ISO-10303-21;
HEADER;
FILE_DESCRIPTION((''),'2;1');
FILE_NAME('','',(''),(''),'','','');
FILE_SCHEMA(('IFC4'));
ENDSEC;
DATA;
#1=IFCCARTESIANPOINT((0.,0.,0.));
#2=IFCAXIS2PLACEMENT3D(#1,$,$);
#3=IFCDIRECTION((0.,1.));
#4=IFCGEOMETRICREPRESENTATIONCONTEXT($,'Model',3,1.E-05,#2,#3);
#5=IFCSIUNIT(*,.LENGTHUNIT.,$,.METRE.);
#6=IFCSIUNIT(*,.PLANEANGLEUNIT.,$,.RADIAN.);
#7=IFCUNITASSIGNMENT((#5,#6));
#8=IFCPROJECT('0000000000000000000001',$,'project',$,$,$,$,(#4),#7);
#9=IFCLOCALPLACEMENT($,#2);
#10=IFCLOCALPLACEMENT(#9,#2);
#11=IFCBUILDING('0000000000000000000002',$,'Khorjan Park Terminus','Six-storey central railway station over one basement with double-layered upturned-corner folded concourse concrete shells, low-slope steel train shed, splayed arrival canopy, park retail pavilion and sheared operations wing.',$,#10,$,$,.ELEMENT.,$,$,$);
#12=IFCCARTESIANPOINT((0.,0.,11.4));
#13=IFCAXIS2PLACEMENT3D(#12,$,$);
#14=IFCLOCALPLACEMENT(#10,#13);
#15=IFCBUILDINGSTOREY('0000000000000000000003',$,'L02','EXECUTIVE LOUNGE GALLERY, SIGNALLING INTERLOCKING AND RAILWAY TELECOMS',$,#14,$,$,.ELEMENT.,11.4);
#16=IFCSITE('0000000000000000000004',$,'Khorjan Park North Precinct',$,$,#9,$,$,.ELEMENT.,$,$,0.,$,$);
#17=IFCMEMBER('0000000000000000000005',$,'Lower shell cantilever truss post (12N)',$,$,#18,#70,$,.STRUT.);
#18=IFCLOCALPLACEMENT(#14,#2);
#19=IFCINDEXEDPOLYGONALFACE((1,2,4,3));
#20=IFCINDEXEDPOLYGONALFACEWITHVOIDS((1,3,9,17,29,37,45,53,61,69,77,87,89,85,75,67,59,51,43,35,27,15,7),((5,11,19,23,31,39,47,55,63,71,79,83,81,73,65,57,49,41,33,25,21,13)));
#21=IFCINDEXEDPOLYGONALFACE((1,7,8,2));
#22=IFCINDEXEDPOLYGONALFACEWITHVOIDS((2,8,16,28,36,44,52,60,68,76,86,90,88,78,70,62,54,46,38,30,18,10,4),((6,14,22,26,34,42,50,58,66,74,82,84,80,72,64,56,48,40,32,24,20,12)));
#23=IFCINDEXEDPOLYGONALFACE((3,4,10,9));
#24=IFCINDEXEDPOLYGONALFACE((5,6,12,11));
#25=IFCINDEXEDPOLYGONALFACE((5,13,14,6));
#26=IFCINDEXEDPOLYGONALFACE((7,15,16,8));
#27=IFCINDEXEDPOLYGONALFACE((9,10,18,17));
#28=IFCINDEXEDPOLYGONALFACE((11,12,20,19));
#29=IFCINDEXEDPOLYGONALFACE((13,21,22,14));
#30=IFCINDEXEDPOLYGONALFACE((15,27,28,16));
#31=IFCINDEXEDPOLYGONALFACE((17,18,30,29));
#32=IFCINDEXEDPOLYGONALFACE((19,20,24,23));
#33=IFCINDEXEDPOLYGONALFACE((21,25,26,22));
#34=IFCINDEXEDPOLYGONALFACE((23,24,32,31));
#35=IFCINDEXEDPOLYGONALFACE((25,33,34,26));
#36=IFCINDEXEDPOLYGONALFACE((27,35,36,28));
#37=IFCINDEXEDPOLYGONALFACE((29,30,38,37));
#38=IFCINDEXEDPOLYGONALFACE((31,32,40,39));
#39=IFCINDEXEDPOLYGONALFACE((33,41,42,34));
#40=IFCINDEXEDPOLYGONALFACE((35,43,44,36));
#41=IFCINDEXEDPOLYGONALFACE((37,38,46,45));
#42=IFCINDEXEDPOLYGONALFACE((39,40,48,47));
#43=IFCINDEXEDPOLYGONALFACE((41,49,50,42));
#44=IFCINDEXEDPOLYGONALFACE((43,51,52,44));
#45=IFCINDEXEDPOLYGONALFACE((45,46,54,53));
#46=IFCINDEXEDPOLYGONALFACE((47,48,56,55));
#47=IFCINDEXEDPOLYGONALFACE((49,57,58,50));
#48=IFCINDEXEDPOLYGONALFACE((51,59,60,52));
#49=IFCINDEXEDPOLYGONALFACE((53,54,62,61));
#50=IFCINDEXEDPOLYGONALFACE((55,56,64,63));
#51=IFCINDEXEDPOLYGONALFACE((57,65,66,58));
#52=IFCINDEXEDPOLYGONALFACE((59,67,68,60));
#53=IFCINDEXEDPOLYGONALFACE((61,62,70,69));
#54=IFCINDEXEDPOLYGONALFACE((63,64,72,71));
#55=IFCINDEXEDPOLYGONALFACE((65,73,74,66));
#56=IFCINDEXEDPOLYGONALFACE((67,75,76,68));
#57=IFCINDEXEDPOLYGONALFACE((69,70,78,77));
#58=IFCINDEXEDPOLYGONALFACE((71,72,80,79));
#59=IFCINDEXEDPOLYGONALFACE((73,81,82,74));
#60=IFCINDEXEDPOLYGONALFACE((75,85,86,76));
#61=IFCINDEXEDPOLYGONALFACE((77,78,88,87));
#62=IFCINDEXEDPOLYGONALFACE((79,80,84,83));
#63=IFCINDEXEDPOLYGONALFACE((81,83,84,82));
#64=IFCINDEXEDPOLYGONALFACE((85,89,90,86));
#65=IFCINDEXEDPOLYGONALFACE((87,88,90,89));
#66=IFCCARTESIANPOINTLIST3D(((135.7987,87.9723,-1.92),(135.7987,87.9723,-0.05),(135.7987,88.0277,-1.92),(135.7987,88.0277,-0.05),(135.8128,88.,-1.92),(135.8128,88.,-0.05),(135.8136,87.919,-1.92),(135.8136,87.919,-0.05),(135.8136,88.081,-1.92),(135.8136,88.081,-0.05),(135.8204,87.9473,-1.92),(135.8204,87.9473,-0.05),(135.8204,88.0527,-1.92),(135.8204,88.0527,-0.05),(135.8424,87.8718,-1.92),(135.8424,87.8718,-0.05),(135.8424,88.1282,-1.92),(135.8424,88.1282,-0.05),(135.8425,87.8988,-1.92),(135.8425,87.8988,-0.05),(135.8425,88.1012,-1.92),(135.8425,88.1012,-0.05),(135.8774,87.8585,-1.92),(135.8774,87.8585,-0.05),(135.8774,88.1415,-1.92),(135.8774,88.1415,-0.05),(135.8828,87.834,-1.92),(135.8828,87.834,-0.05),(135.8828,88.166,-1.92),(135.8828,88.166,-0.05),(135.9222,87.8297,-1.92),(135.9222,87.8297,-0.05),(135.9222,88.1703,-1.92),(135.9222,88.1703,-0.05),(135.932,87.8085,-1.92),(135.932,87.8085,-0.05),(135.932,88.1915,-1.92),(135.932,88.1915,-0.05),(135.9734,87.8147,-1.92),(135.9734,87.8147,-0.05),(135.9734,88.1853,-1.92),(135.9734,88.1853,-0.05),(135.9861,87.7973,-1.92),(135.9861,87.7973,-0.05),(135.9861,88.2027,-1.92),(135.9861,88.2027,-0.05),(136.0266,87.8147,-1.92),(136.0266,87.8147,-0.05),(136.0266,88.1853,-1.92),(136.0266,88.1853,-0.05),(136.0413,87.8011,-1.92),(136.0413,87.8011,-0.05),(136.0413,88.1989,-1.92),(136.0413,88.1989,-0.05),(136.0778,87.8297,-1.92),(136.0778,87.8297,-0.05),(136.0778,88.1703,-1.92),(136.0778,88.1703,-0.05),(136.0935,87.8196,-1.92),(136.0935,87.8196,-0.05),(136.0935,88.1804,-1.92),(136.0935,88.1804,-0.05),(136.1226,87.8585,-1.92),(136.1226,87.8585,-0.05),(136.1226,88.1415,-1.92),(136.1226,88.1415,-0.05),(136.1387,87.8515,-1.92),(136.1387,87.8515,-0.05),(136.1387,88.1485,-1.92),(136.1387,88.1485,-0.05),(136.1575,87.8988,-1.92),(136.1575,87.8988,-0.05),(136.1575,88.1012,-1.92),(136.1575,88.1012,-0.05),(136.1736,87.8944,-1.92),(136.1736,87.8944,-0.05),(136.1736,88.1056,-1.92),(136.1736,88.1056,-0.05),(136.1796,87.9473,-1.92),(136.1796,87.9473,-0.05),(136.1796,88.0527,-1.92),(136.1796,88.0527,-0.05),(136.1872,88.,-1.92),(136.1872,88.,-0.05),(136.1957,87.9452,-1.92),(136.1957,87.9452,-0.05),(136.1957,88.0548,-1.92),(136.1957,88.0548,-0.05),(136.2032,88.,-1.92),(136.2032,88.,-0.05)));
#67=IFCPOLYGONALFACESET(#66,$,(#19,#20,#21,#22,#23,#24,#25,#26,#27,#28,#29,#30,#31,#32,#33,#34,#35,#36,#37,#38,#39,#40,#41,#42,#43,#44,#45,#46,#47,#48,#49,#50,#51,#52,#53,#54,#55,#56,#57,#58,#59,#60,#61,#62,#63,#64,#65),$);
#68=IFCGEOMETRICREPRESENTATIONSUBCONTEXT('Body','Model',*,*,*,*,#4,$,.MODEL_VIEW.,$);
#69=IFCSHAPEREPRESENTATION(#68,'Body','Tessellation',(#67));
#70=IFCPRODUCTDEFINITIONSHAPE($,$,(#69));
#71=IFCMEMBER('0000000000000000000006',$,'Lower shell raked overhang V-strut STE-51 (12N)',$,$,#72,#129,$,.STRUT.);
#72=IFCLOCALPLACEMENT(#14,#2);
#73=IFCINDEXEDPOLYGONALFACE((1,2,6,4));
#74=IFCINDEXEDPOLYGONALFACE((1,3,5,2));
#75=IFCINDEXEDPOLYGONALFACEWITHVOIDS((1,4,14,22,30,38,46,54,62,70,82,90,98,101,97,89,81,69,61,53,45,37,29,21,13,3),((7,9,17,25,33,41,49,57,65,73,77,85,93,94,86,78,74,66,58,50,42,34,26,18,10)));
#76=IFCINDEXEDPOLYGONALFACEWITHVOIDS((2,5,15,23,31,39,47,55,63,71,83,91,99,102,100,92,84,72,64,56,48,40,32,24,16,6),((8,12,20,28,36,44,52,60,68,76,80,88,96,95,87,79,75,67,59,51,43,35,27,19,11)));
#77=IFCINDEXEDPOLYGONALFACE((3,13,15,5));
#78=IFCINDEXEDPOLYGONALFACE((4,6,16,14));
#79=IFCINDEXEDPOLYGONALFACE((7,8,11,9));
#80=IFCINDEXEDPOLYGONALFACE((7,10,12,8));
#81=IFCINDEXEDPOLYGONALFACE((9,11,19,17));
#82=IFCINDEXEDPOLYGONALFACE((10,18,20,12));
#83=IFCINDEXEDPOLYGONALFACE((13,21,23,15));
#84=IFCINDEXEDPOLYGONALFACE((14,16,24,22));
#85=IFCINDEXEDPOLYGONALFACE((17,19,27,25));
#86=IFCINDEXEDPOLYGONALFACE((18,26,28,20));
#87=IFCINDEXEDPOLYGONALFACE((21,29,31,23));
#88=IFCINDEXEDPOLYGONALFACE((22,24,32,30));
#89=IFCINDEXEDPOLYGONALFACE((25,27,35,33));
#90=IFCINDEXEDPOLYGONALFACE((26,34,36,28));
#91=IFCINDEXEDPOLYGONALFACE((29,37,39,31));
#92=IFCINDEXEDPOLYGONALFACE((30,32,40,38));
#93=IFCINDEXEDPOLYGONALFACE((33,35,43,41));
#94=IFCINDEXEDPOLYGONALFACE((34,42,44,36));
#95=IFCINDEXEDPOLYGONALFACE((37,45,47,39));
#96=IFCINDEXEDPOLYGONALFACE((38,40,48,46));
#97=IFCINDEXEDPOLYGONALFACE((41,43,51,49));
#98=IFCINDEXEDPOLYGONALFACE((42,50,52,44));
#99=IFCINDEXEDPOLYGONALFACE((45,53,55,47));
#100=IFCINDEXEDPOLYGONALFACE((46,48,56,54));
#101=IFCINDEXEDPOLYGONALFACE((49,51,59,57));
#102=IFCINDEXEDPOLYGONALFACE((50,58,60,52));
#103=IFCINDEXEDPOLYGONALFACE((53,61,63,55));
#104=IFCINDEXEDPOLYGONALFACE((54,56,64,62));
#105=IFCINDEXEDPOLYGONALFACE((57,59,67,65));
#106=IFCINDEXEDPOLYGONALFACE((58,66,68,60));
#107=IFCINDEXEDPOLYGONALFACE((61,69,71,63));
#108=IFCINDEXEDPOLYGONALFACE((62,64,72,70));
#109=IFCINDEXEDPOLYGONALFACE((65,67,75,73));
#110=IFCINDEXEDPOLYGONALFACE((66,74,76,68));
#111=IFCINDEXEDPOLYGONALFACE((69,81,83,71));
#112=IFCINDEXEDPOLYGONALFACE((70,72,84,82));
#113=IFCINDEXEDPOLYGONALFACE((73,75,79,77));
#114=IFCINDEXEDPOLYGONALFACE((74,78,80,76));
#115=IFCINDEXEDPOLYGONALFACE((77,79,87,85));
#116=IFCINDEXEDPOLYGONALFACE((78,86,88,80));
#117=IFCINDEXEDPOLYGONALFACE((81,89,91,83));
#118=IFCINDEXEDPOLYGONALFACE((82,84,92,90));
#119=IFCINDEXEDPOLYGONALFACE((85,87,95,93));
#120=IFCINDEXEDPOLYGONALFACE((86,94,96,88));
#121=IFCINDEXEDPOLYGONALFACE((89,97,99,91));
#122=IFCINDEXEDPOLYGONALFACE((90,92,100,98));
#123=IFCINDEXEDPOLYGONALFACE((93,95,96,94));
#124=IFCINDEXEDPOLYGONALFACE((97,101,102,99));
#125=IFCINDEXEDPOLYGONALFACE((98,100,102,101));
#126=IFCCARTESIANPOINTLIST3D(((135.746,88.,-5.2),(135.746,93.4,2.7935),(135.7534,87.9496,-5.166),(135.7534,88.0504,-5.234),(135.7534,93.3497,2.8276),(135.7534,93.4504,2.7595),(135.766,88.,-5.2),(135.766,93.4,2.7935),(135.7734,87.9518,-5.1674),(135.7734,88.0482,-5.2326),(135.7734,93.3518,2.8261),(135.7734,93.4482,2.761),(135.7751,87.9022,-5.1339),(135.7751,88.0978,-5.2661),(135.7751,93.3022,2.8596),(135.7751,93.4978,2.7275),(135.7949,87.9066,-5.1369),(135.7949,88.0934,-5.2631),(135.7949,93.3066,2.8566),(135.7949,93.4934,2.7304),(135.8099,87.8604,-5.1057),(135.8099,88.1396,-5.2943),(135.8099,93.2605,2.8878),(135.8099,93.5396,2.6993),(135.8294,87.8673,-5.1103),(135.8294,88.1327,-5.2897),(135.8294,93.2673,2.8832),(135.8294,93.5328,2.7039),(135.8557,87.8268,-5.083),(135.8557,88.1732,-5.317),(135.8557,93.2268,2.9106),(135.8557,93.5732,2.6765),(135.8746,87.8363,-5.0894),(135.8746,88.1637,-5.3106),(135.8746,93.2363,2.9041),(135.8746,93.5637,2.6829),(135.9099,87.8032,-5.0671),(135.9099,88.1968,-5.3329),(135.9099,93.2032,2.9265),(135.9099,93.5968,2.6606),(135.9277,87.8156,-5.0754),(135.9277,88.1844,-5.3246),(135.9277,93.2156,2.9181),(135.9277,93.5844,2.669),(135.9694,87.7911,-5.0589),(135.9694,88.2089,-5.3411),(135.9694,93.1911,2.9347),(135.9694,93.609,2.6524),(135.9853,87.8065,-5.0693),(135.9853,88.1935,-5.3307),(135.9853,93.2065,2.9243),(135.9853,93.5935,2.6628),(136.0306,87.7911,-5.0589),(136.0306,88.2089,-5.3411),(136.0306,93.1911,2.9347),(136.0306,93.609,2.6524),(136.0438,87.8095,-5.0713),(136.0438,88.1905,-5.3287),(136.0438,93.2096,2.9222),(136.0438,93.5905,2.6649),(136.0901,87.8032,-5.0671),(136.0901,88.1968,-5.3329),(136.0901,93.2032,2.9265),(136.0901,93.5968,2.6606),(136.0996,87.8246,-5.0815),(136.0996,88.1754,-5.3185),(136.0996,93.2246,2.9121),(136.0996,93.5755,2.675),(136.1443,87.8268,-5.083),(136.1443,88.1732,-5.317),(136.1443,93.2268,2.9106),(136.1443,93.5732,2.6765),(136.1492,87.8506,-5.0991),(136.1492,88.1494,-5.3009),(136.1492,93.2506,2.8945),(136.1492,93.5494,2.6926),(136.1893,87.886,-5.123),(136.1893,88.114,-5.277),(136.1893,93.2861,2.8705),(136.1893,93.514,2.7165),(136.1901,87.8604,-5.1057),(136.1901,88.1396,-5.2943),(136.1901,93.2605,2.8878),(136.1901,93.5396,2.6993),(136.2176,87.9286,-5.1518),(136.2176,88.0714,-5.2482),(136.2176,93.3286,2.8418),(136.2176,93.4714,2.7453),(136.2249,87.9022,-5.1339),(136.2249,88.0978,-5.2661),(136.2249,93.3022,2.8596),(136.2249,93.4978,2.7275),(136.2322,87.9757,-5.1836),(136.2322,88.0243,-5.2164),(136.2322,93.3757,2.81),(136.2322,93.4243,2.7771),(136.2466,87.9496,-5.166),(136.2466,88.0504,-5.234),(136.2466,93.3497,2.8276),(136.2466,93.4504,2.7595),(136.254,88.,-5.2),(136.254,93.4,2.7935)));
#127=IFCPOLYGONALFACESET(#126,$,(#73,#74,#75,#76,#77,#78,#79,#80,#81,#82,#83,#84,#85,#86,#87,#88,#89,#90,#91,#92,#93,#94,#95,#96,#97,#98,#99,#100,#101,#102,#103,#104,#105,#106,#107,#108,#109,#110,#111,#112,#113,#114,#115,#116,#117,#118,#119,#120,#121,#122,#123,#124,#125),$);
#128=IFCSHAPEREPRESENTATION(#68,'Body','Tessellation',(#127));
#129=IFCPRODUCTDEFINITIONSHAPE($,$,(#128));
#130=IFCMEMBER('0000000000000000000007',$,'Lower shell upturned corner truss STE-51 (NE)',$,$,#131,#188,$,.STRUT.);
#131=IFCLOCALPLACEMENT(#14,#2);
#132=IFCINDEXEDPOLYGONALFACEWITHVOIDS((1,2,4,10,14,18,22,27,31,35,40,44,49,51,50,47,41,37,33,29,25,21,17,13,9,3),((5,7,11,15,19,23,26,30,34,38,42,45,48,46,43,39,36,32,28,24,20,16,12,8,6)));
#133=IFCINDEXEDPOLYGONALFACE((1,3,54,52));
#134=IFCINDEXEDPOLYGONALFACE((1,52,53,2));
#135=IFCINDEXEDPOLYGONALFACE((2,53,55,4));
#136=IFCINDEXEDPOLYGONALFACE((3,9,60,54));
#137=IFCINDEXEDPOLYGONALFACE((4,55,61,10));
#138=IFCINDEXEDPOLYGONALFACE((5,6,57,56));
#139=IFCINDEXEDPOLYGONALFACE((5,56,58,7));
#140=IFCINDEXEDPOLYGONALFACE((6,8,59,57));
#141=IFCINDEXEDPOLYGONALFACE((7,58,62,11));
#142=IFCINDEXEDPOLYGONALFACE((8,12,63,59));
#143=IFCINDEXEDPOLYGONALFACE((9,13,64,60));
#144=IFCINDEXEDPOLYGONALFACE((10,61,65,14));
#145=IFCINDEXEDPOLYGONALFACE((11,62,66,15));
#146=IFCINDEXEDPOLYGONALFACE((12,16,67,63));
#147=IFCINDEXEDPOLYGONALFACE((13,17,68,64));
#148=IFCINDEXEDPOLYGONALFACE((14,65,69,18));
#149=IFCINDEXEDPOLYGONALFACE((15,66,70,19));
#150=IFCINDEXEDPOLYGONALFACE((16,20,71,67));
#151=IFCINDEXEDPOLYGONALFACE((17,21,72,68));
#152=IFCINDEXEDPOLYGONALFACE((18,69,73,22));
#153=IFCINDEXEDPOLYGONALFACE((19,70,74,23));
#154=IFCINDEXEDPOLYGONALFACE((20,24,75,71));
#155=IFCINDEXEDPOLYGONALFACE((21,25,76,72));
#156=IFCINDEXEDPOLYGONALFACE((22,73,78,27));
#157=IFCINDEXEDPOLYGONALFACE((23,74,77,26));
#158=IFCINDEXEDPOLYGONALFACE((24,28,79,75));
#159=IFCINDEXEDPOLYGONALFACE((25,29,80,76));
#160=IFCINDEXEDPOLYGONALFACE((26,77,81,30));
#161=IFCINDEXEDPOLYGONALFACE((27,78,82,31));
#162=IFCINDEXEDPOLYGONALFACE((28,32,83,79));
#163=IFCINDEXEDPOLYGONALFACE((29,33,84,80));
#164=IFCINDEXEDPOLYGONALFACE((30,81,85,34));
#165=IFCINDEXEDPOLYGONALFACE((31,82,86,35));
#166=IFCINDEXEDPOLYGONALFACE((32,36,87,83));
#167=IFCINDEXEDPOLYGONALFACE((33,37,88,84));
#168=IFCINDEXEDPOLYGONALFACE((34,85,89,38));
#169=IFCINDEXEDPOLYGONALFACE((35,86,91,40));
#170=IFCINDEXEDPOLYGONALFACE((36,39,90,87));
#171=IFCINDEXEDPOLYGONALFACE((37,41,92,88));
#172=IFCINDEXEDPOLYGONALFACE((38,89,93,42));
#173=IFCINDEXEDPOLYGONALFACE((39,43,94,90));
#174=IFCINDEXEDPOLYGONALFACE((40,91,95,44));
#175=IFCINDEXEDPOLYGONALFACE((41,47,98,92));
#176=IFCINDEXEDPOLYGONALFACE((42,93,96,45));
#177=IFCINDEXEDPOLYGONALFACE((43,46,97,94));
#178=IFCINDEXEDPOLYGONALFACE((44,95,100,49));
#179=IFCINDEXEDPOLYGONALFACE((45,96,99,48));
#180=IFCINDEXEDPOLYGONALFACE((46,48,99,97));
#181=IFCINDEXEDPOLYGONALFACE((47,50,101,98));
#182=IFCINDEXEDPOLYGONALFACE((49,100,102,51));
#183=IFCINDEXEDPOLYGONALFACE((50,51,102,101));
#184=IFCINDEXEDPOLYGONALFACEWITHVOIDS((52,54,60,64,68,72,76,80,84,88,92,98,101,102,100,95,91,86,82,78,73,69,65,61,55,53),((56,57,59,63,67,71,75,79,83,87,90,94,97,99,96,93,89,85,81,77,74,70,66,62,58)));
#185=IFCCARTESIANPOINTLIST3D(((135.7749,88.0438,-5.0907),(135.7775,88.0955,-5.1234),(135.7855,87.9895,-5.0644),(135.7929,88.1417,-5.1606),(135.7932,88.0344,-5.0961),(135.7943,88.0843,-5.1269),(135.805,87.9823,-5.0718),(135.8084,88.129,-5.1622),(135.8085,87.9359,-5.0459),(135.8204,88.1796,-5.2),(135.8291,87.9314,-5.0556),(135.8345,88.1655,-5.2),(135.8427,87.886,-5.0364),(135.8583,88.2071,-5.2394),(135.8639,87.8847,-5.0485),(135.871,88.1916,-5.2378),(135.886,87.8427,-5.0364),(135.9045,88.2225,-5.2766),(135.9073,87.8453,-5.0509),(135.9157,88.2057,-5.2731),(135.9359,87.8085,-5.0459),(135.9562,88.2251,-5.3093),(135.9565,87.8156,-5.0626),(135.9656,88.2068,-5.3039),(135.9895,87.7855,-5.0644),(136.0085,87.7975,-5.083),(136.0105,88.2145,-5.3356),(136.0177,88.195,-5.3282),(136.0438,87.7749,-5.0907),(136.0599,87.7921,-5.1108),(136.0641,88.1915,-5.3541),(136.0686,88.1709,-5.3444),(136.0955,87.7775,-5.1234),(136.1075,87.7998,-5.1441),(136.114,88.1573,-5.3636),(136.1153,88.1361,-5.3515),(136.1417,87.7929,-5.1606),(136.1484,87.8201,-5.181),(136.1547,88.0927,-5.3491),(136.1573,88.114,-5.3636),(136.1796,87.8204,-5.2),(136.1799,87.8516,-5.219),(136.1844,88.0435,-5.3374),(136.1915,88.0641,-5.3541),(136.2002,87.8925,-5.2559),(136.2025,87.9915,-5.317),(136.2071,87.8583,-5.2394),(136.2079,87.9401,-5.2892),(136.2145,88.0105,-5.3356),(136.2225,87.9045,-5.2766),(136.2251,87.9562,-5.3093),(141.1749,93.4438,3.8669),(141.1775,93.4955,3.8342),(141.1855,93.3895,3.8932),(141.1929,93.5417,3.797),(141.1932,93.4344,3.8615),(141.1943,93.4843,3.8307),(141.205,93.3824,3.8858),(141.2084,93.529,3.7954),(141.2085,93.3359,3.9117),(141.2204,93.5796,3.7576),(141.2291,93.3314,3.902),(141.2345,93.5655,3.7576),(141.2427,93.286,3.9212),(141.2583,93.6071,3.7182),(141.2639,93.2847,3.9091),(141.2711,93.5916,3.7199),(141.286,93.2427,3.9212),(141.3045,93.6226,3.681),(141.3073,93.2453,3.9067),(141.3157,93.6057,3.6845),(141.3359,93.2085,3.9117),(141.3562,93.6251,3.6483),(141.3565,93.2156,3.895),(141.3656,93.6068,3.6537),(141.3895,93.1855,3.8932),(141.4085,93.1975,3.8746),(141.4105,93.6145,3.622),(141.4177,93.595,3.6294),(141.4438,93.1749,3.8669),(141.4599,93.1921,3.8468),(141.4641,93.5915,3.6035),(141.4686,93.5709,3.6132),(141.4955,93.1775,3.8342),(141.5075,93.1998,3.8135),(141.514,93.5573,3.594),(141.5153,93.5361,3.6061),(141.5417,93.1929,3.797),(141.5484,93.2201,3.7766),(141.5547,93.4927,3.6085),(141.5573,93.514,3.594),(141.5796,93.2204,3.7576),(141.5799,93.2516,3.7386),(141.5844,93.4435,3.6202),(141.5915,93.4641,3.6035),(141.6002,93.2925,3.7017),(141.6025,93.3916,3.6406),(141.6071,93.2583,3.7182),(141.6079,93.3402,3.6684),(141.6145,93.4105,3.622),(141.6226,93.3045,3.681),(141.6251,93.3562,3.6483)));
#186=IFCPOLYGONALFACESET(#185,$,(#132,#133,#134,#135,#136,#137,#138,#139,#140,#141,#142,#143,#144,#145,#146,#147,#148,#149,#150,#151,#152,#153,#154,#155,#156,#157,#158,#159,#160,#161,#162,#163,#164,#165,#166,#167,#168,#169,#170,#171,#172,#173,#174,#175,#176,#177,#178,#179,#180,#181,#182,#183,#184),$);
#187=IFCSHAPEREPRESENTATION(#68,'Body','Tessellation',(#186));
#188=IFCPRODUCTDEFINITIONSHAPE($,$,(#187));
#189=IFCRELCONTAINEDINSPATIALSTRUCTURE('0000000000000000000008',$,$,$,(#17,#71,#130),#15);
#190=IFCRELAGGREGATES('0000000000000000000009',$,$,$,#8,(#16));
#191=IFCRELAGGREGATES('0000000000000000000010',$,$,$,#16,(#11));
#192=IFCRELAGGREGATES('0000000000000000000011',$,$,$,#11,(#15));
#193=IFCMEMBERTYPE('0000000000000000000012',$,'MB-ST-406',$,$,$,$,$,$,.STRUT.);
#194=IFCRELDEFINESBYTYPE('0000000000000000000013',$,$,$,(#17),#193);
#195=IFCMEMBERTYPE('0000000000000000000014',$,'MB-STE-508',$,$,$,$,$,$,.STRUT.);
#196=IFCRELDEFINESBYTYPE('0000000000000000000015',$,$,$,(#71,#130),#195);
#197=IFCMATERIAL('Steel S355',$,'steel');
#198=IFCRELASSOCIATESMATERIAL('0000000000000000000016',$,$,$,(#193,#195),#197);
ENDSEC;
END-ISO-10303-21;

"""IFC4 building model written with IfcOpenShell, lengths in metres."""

from ifc_helpers import new_model, si_unit, direction, frame, origin, origin_2d, place, context, subcontext, project, spatial, hollow_circle, extrude, material, material_profile, profile_set, type_object, element, save


model = new_model("IFC4")

# Units and contexts
model_context = context("Model", 3, precision=1e-05, world=origin(), true_north=direction((0.0, 1.0)))
body_context = subcontext(model_context, "Body", "Model", "MODEL_VIEW")
ifc_project = project(units=[si_unit("LENGTHUNIT", "METRE"), si_unit("PLANEANGLEUNIT", "RADIAN")], contexts=[model_context])

# Site, building, storey
site_placement = place(None, origin())
site = spatial("IfcSite", under=ifc_project, at=site_placement, Name="Khorjan Park North Precinct", CompositionType="ELEMENT", RefElevation=0.0)
building_placement = place(site_placement, origin())
building = spatial("IfcBuilding", under=site, at=building_placement, Name="Khorjan Park Terminus", Description="Six-storey central railway station over one basement with double-layered upturned-corner folded concourse concrete shells, low-slope steel train shed, splayed arrival canopy, park retail pavilion and sheared operations wing.", CompositionType="ELEMENT")
storey_placement = place(building_placement, frame((0.0, 0.0, 11.4)))
storey = spatial("IfcBuildingStorey", under=building, at=storey_placement, Name="L02", Description="EXECUTIVE LOUNGE GALLERY, SIGNALLING INTERLOCKING AND RAILWAY TELECOMS", CompositionType="ELEMENT", Elevation=11.4)

# Members
ifc_material_1 = material(Name="Steel S355", Category="steel")
ifc_material_profile_1 = material_profile(ifc_material_1, hollow_circle(Radius=0.2032, WallThickness=0.016, at=origin_2d()), Name="CHS 406.4x16")
ifc_profile_set_1 = profile_set([ifc_material_profile_1], Name="Steel S355")
member_type_1 = type_object("IfcMemberType", Name="MB-ST-406", PredefinedType="STRUT", material=ifc_profile_set_1)
member_1_placement = place(storey_placement, frame((136.0, 88.0, -1.92), z_axis=(0.0, 0.0, 1.0), x_axis=(1.0, 0.0, 0.0)))
element("IfcMember", 1, at=member_1_placement, inside=storey, type_object=member_type_1, Name="Lower shell cantilever truss post (12N)", PredefinedType="STRUT", context=body_context, shape_type="SweptSolid", body=[
    extrude(hollow_circle(Radius=0.2032, WallThickness=0.016, at=origin_2d()), origin(), (0.0, 0.0, 1.0), 1.87),
])
ifc_material_profile_2 = material_profile(ifc_material_1, hollow_circle(Radius=0.254, WallThickness=0.02, at=origin_2d()), Name="CHS 508x20")
ifc_profile_set_2 = profile_set([ifc_material_profile_2], Name="Steel S355")
member_type_2 = type_object("IfcMemberType", Name="MB-STE-508", PredefinedType="STRUT", material=ifc_profile_set_2)
member_2_placement = place(storey_placement, frame((136.0, 88.0, -5.2), z_axis=(0.0, 0.559785, 0.828638), x_axis=(-1.0, 0.0, 0.0)))
element("IfcMember", 2, at=member_2_placement, inside=storey, type_object=member_type_2, Name="Lower shell raked overhang V-strut STE-51 (12N)", PredefinedType="STRUT", context=body_context, shape_type="SweptSolid", body=[
    extrude(hollow_circle(Radius=0.254, WallThickness=0.02, at=origin_2d()), origin(), (0.0, 0.0, 1.0), 9.6466),
])
member_3_placement = place(storey_placement, frame((136.0, 88.0, -5.2), z_axis=(0.458751, 0.458751, 0.760983), x_axis=(-0.707107, 0.707107, 0.0)))
element("IfcMember", 3, at=member_3_placement, inside=storey, type_object=member_type_2, Name="Lower shell upturned corner truss STE-51 (NE)", PredefinedType="STRUT", context=body_context, shape_type="SweptSolid", body=[
    extrude(hollow_circle(Radius=0.254, WallThickness=0.02, at=origin_2d()), origin(), (0.0, 0.0, 1.0), 11.7711),
])

save(model, "model.ifc")
